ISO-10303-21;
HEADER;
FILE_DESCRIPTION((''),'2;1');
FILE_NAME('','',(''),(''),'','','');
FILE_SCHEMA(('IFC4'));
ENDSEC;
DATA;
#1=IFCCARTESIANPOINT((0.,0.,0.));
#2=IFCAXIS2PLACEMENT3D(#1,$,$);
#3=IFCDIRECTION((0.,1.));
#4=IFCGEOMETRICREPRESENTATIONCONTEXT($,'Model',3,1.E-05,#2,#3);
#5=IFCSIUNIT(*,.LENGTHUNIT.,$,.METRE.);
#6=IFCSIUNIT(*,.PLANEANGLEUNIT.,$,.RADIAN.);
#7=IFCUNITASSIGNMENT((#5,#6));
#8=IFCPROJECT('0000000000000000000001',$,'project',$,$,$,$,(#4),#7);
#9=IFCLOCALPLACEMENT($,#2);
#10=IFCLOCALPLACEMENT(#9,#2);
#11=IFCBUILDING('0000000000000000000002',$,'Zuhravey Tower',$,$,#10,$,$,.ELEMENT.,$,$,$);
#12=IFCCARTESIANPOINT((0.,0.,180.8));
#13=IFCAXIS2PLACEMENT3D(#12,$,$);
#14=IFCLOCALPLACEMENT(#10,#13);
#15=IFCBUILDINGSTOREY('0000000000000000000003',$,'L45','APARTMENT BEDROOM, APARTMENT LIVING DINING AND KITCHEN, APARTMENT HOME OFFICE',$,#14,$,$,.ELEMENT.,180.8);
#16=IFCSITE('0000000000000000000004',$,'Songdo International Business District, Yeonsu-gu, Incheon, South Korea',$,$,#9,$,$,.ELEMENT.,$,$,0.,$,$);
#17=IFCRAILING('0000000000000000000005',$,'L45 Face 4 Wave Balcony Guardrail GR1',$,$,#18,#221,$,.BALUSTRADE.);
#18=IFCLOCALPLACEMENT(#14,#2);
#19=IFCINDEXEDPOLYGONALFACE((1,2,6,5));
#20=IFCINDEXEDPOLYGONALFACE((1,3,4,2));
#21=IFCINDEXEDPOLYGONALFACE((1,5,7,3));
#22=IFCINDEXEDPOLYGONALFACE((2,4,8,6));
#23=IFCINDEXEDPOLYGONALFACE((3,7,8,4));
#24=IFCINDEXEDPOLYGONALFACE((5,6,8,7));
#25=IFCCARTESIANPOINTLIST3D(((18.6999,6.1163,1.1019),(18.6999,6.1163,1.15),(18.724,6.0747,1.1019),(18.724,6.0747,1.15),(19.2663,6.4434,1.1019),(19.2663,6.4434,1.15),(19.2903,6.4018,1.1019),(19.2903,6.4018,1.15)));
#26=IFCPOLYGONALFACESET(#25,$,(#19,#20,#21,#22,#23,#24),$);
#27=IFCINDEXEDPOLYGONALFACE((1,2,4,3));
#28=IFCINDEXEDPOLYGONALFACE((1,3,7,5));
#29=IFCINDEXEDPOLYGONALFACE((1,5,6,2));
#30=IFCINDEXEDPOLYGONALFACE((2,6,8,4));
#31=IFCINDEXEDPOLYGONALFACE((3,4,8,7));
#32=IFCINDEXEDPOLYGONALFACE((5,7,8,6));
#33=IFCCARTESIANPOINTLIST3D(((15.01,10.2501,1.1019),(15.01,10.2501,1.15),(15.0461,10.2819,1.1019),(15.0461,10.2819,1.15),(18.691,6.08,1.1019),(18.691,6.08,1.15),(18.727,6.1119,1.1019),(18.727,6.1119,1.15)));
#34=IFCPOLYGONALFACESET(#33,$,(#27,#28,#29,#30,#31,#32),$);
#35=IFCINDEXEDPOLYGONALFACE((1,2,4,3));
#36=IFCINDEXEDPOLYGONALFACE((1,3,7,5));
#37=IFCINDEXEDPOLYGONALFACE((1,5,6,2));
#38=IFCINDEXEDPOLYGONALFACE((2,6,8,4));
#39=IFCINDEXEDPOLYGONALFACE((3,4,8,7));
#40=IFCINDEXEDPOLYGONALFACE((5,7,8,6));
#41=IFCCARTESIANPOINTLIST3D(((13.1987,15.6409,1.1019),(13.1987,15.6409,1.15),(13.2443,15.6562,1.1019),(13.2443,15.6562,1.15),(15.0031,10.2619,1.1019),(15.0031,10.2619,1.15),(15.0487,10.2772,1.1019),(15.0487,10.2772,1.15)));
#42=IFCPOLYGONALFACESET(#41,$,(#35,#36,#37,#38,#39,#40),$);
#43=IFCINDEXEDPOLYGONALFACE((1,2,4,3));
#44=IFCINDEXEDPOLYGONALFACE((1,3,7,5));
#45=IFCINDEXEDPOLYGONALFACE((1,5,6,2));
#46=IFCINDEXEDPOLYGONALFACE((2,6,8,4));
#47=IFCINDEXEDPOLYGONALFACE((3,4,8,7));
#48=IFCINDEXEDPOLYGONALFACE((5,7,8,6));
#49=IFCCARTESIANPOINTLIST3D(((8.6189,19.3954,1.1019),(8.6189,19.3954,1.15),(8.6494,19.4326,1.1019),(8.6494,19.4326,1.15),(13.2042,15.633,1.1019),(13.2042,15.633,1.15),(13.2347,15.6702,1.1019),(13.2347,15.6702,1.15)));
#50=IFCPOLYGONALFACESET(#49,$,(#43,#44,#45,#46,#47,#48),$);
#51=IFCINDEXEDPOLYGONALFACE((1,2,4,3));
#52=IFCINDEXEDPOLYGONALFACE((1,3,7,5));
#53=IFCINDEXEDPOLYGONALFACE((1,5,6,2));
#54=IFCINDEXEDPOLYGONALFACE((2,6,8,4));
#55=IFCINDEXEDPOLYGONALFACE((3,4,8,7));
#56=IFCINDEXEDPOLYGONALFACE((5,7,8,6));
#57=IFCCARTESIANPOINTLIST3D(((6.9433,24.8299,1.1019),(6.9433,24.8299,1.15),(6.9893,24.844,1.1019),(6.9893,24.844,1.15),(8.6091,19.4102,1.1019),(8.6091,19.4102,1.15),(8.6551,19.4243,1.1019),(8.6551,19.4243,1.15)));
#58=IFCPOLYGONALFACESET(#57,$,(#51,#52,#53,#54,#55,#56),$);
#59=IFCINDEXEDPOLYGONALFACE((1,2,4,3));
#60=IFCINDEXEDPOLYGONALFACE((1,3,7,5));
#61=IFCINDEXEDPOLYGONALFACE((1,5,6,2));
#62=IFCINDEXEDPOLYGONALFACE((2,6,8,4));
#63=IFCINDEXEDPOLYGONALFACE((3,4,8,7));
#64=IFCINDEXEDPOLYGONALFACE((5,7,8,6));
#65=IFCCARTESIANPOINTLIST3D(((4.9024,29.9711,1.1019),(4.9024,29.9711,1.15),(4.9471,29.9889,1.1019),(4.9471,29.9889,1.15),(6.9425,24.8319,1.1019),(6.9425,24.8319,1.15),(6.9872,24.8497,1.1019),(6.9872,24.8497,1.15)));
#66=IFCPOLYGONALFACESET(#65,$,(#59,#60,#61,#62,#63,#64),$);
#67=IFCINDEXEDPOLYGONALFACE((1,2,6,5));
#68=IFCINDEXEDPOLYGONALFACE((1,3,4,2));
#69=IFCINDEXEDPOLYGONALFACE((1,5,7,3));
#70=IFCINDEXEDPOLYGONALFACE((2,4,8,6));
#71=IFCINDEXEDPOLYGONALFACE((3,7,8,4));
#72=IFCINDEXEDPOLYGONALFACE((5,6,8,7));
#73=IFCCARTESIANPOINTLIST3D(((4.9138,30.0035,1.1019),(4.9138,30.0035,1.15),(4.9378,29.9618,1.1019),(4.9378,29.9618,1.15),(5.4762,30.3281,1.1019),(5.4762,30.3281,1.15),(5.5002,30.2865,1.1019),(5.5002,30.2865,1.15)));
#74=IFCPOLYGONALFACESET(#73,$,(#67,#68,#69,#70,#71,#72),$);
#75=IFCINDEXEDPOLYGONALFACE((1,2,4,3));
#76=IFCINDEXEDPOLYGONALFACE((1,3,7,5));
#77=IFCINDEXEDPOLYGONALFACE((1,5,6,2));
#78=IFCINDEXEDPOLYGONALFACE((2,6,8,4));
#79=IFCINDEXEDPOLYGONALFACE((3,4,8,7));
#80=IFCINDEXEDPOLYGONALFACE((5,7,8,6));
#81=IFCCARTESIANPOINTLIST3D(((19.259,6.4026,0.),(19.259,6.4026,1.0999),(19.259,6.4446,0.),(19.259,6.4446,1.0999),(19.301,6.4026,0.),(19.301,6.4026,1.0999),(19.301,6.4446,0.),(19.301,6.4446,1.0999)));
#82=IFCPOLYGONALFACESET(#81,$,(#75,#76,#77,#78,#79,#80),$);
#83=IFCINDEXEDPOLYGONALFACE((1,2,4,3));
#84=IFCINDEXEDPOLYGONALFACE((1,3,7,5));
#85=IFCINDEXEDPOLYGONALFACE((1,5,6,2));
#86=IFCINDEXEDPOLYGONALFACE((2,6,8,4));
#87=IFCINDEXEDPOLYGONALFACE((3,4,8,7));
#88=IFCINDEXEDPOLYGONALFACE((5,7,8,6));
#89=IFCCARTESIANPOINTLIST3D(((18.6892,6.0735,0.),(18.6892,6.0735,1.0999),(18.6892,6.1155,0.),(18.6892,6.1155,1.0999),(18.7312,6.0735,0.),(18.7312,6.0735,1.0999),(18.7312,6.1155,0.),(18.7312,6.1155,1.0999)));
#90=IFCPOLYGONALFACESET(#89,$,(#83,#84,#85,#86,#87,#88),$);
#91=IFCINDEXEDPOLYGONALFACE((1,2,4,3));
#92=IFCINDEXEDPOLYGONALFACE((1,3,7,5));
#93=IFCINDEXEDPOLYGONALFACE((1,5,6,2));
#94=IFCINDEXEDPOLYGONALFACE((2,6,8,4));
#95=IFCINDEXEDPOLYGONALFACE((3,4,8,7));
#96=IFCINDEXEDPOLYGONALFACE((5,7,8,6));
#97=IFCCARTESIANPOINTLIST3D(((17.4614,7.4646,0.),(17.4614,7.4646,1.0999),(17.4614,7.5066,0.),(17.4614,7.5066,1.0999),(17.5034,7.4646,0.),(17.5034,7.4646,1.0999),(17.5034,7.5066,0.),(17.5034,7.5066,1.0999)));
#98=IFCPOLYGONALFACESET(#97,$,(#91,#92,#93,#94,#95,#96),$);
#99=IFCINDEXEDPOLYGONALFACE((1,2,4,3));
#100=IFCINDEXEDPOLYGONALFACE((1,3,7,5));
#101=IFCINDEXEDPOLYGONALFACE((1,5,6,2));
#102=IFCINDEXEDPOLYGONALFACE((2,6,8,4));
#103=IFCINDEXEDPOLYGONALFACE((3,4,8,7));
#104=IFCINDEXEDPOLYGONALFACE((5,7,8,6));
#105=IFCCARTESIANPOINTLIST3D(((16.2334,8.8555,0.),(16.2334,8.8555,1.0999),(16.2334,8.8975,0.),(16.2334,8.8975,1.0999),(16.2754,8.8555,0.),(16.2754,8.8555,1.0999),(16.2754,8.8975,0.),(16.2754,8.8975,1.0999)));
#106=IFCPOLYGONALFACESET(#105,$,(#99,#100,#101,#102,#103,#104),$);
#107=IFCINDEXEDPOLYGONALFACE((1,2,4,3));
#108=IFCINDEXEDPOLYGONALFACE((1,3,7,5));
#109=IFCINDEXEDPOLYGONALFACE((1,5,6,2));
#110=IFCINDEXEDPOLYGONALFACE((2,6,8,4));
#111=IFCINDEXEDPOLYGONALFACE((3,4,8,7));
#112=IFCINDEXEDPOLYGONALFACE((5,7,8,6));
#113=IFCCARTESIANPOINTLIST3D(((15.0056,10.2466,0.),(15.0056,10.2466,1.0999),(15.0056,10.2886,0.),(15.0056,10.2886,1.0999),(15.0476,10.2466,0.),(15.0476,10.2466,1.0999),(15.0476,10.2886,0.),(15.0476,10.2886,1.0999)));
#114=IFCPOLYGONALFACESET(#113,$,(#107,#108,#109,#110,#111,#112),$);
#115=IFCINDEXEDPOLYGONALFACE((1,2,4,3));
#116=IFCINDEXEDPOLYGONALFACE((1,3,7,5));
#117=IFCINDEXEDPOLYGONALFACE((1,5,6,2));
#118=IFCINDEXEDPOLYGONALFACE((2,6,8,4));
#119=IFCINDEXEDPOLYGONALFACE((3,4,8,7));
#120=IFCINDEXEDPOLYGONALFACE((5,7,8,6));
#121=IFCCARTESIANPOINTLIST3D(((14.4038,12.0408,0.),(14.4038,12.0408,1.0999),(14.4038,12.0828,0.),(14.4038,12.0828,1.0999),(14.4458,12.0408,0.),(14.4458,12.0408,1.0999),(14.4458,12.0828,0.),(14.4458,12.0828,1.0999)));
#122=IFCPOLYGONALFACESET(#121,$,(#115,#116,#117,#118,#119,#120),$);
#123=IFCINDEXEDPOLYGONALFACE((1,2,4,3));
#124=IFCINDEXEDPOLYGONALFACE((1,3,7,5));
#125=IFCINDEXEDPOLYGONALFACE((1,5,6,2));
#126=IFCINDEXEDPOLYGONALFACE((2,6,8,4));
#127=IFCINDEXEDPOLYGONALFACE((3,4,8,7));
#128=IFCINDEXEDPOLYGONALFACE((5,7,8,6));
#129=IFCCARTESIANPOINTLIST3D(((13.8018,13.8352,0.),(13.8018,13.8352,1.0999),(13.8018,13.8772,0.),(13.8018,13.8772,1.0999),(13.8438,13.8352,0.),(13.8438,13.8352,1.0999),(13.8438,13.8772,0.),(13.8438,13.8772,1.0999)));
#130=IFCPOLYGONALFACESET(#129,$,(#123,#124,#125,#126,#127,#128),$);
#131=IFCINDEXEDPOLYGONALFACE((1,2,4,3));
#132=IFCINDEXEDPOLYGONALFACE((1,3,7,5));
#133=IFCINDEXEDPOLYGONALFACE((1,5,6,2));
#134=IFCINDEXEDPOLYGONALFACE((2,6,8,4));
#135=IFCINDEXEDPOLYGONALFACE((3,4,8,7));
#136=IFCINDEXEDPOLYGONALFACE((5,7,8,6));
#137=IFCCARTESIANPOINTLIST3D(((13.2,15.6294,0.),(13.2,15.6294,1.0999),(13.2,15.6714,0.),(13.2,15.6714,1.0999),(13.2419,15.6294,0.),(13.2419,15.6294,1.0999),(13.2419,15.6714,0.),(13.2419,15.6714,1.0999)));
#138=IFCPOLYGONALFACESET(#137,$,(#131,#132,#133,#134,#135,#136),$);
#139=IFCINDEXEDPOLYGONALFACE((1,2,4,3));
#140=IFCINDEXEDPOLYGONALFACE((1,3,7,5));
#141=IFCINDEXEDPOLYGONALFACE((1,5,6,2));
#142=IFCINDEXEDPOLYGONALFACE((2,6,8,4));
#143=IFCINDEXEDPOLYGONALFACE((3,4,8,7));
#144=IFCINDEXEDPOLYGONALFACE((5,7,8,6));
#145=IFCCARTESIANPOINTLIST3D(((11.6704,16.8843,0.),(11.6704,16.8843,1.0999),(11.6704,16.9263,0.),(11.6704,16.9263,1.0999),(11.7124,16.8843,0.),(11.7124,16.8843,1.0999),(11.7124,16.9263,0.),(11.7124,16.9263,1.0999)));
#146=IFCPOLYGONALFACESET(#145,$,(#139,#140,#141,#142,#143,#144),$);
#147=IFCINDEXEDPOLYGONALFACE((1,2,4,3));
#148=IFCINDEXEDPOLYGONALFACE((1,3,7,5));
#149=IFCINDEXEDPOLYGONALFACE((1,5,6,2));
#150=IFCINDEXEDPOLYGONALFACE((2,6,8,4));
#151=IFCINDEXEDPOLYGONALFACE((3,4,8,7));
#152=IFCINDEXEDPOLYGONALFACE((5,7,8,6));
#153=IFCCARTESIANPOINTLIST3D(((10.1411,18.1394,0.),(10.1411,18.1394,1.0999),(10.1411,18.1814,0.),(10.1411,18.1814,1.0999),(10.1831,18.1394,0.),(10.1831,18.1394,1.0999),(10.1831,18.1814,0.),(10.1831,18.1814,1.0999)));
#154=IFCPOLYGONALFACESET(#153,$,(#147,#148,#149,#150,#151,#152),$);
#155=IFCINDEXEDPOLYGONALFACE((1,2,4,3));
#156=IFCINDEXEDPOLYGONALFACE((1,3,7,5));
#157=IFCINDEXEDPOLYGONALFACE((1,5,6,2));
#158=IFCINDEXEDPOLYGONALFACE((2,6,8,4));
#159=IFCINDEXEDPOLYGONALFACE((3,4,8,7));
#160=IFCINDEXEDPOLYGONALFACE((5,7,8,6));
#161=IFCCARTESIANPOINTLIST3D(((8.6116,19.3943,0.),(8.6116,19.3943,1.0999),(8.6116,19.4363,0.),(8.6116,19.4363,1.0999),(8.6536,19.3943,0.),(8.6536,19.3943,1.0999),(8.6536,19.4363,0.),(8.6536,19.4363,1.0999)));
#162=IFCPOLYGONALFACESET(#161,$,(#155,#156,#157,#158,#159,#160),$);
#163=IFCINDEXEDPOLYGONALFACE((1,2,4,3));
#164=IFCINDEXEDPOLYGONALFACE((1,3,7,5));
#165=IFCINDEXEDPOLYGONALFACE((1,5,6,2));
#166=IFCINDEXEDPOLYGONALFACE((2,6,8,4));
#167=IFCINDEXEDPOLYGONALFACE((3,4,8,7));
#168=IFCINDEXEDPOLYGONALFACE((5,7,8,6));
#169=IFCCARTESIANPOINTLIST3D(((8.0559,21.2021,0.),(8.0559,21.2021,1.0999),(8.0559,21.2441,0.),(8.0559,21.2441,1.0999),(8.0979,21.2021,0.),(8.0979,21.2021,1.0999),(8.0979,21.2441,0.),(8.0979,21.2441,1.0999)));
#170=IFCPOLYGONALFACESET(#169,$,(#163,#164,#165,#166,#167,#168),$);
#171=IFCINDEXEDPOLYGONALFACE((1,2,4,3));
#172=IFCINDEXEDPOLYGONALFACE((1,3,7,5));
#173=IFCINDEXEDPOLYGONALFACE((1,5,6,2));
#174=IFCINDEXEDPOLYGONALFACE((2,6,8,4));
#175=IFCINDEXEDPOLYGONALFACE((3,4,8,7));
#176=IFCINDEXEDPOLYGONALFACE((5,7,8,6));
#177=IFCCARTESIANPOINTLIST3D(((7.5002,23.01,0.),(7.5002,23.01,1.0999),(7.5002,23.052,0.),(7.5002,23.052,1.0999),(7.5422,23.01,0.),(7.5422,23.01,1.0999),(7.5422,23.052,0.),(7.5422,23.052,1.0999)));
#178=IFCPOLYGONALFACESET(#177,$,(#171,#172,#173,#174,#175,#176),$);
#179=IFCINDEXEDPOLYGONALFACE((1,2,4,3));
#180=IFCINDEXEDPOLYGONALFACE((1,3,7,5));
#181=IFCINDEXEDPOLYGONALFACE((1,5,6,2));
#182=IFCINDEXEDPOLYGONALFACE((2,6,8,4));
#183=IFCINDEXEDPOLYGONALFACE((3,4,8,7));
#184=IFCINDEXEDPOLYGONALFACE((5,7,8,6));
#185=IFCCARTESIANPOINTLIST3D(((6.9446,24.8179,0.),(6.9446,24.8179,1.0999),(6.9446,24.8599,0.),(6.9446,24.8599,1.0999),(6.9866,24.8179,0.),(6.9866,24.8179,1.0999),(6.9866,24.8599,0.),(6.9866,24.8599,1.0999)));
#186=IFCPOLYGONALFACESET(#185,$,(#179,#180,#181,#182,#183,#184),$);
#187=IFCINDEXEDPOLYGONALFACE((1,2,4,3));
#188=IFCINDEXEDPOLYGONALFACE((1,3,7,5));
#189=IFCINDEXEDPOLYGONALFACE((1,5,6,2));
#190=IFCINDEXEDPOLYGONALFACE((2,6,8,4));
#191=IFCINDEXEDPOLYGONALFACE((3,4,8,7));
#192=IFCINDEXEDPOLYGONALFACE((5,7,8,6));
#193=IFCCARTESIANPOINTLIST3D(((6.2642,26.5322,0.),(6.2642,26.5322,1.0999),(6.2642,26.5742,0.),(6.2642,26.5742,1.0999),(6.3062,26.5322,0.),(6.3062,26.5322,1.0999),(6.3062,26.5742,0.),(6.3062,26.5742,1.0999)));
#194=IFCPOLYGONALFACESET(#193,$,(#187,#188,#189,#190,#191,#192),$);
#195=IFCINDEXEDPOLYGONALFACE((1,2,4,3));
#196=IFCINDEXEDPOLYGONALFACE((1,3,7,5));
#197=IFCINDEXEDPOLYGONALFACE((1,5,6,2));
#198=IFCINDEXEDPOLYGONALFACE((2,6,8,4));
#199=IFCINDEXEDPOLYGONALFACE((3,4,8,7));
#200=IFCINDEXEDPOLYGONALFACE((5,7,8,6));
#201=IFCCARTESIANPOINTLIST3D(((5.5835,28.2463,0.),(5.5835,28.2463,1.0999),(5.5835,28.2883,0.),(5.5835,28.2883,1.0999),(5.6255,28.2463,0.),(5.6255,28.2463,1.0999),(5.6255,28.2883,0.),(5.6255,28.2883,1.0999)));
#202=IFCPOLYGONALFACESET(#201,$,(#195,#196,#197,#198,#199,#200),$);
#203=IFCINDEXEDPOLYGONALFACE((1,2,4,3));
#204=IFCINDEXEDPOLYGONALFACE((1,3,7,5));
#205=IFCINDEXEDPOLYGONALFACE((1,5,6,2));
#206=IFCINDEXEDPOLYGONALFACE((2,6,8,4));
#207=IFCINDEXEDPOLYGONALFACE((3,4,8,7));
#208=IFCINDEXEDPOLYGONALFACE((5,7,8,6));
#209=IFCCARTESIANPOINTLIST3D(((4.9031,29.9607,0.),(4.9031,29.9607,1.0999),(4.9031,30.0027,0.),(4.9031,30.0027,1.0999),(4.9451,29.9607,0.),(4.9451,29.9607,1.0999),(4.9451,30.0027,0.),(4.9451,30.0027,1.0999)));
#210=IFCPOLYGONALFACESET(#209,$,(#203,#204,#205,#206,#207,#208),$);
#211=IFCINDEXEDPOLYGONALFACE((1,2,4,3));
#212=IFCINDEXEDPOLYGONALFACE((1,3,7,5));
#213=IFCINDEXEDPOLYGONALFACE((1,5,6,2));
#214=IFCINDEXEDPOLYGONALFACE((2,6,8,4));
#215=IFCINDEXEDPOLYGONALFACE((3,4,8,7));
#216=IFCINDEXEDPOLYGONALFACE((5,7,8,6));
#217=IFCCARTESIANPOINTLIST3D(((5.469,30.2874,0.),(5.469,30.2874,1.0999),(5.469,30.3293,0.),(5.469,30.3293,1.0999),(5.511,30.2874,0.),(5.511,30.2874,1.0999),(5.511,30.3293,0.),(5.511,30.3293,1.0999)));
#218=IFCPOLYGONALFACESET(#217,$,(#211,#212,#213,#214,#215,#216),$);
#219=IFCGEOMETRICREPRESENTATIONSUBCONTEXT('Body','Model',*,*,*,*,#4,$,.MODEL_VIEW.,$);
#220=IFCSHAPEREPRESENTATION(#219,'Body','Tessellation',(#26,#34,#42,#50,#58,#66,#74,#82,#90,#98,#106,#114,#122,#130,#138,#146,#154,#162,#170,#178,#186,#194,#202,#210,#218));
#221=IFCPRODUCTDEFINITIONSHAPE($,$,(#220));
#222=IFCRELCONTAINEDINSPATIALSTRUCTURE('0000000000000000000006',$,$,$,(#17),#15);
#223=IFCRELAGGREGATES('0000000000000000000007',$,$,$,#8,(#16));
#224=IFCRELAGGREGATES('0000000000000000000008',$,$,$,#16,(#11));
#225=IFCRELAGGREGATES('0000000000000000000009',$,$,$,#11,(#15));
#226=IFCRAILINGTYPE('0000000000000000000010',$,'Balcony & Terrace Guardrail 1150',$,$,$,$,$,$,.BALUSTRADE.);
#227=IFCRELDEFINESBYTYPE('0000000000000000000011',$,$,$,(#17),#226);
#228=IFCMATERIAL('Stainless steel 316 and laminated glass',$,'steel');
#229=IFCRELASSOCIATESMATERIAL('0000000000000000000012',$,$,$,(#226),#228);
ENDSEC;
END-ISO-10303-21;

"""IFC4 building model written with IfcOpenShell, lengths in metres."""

from ifc_helpers import new_model, si_unit, direction, frame, origin, origin_2d, place, context, subcontext, project, spatial, rectangle, extrude, material, type_object, element, save


model = new_model("IFC4")

# Units and contexts
model_context = context("Model", 3, precision=1e-05, world=origin(), true_north=direction((0.0, 1.0)))
body_context = subcontext(model_context, "Body", "Model", "MODEL_VIEW")
ifc_project = project(units=[si_unit("LENGTHUNIT", "METRE"), si_unit("PLANEANGLEUNIT", "RADIAN")], contexts=[model_context])

# Site, building, storey
site_placement = place(None, origin())
site = spatial("IfcSite", under=ifc_project, at=site_placement, Name="Songdo International Business District, Yeonsu-gu, Incheon, South Korea", CompositionType="ELEMENT", RefElevation=0.0)
building_placement = place(site_placement, origin())
building = spatial("IfcBuilding", under=site, at=building_placement, Name="Zuhravey Tower", CompositionType="ELEMENT")
storey_placement = place(building_placement, frame((0.0, 0.0, 180.8)))
storey = spatial("IfcBuildingStorey", under=building, at=storey_placement, Name="L45", Description="APARTMENT BEDROOM, APARTMENT LIVING DINING AND KITCHEN, APARTMENT HOME OFFICE", CompositionType="ELEMENT", Elevation=180.8)

# Railing
ifc_material_1 = material(Name="Stainless steel 316 and laminated glass", Category="steel")
railing_type = type_object("IfcRailingType", Name="Balcony & Terrace Guardrail 1150", PredefinedType="BALUSTRADE", material=ifc_material_1)
railing_placement = place(storey_placement, frame((19.28, 6.4236, 0.0)))
element("IfcRailing", 1, at=railing_placement, inside=storey, type_object=railing_type, Name="L45 Face 4 Wave Balcony Guardrail GR1", PredefinedType="BALUSTRADE", context=body_context, shape_type="SweptSolid", body=[
    extrude(rectangle(XDim=0.0481, YDim=0.0481, at=origin_2d()), frame((-0.0017, -0.001, 1.126), z_axis=(-0.865951, -0.500129, 0.0), x_axis=(0.500129, -0.865951, 0.0)), (0.0, 0.0, 1.0), 0.6541),
    extrude(rectangle(XDim=0.0481, YDim=0.0481, at=origin_2d()), frame((-0.571, -0.3276, 1.126), z_axis=(-0.661768, 0.749709, 0.0), x_axis=(-0.749709, -0.661768, 0.0)), (0.0, 0.0, 1.0), 5.5623),
    extrude(rectangle(XDim=0.0481, YDim=0.0481, at=origin_2d()), frame((-4.2542, 3.8459, 1.126), z_axis=(-0.318033, 0.94808, 0.0), x_axis=(-0.94808, -0.318033, 0.0)), (0.0, 0.0, 1.0), 5.6736),
    extrude(rectangle(XDim=0.0481, YDim=0.0481, at=origin_2d()), frame((-6.0605, 9.228, 1.126), z_axis=(-0.773068, 0.634324, 0.0), x_axis=(-0.634324, -0.773068, 0.0)), (0.0, 0.0, 1.0), 5.9314),
    extrude(rectangle(XDim=0.0481, YDim=0.0481, at=origin_2d()), frame((-10.6479, 12.9937, 1.126), z_axis=(-0.293796, 0.955868, 0.0), x_axis=(-0.955868, -0.293796, 0.0)), (0.0, 0.0, 1.0), 5.6699),
    extrude(rectangle(XDim=0.0481, YDim=0.0481, at=origin_2d()), frame((-12.3152, 18.4172, 1.126), z_axis=(-0.368955, 0.929447, 0.0), x_axis=(-0.929447, -0.368955, 0.0)), (0.0, 0.0, 1.0), 5.5293),
    extrude(rectangle(XDim=0.0481, YDim=0.0481, at=origin_2d()), frame((-14.3542, 23.5591, 1.126), z_axis=(0.866074, 0.499917, 0.0), x_axis=(-0.499917, 0.866074, 0.0)), (0.0, 0.0, 1.0), 0.6494),
    extrude(rectangle(XDim=0.042, YDim=0.042, at=origin_2d()), origin(), (0.0, 0.0, 1.0), 1.0999),
    extrude(rectangle(XDim=0.042, YDim=0.042, at=origin_2d()), frame((-0.5698, -0.3291, 0.0)), (0.0, 0.0, 1.0), 1.0999),
    extrude(rectangle(XDim=0.042, YDim=0.042, at=origin_2d()), frame((-1.7976, 1.062, 0.0)), (0.0, 0.0, 1.0), 1.0999),
    extrude(rectangle(XDim=0.042, YDim=0.042, at=origin_2d()), frame((-3.0256, 2.4529, 0.0)), (0.0, 0.0, 1.0), 1.0999),
    extrude(rectangle(XDim=0.042, YDim=0.042, at=origin_2d()), frame((-4.2534, 3.844, 0.0)), (0.0, 0.0, 1.0), 1.0999),
    extrude(rectangle(XDim=0.042, YDim=0.042, at=origin_2d()), frame((-4.8552, 5.6382, 0.0)), (0.0, 0.0, 1.0), 1.0999),
    extrude(rectangle(XDim=0.042, YDim=0.042, at=origin_2d()), frame((-5.4573, 7.4326, 0.0)), (0.0, 0.0, 1.0), 1.0999),
    extrude(rectangle(XDim=0.042, YDim=0.042, at=origin_2d()), frame((-6.0591, 9.2268, 0.0)), (0.0, 0.0, 1.0), 1.0999),
    extrude(rectangle(XDim=0.042, YDim=0.042, at=origin_2d()), frame((-7.5886, 10.4817, 0.0)), (0.0, 0.0, 1.0), 1.0999),
    extrude(rectangle(XDim=0.042, YDim=0.042, at=origin_2d()), frame((-9.1179, 11.7368, 0.0)), (0.0, 0.0, 1.0), 1.0999),
    extrude(rectangle(XDim=0.042, YDim=0.042, at=origin_2d()), frame((-10.6475, 12.9917, 0.0)), (0.0, 0.0, 1.0), 1.0999),
    extrude(rectangle(XDim=0.042, YDim=0.042, at=origin_2d()), frame((-11.2031, 14.7996, 0.0)), (0.0, 0.0, 1.0), 1.0999),
    extrude(rectangle(XDim=0.042, YDim=0.042, at=origin_2d()), frame((-11.7588, 16.6074, 0.0)), (0.0, 0.0, 1.0), 1.0999),
    extrude(rectangle(XDim=0.042, YDim=0.042, at=origin_2d()), frame((-12.3145, 18.4153, 0.0)), (0.0, 0.0, 1.0), 1.0999),
    extrude(rectangle(XDim=0.042, YDim=0.042, at=origin_2d()), frame((-12.9949, 20.1296, 0.0)), (0.0, 0.0, 1.0), 1.0999),
    extrude(rectangle(XDim=0.042, YDim=0.042, at=origin_2d()), frame((-13.6755, 21.8438, 0.0)), (0.0, 0.0, 1.0), 1.0999),
    extrude(rectangle(XDim=0.042, YDim=0.042, at=origin_2d()), frame((-14.356, 23.5581, 0.0)), (0.0, 0.0, 1.0), 1.0999),
    extrude(rectangle(XDim=0.042, YDim=0.042, at=origin_2d()), frame((-13.79, 23.8848, 0.0)), (0.0, 0.0, 1.0), 1.0999),
])

save(model, "model.ifc")
